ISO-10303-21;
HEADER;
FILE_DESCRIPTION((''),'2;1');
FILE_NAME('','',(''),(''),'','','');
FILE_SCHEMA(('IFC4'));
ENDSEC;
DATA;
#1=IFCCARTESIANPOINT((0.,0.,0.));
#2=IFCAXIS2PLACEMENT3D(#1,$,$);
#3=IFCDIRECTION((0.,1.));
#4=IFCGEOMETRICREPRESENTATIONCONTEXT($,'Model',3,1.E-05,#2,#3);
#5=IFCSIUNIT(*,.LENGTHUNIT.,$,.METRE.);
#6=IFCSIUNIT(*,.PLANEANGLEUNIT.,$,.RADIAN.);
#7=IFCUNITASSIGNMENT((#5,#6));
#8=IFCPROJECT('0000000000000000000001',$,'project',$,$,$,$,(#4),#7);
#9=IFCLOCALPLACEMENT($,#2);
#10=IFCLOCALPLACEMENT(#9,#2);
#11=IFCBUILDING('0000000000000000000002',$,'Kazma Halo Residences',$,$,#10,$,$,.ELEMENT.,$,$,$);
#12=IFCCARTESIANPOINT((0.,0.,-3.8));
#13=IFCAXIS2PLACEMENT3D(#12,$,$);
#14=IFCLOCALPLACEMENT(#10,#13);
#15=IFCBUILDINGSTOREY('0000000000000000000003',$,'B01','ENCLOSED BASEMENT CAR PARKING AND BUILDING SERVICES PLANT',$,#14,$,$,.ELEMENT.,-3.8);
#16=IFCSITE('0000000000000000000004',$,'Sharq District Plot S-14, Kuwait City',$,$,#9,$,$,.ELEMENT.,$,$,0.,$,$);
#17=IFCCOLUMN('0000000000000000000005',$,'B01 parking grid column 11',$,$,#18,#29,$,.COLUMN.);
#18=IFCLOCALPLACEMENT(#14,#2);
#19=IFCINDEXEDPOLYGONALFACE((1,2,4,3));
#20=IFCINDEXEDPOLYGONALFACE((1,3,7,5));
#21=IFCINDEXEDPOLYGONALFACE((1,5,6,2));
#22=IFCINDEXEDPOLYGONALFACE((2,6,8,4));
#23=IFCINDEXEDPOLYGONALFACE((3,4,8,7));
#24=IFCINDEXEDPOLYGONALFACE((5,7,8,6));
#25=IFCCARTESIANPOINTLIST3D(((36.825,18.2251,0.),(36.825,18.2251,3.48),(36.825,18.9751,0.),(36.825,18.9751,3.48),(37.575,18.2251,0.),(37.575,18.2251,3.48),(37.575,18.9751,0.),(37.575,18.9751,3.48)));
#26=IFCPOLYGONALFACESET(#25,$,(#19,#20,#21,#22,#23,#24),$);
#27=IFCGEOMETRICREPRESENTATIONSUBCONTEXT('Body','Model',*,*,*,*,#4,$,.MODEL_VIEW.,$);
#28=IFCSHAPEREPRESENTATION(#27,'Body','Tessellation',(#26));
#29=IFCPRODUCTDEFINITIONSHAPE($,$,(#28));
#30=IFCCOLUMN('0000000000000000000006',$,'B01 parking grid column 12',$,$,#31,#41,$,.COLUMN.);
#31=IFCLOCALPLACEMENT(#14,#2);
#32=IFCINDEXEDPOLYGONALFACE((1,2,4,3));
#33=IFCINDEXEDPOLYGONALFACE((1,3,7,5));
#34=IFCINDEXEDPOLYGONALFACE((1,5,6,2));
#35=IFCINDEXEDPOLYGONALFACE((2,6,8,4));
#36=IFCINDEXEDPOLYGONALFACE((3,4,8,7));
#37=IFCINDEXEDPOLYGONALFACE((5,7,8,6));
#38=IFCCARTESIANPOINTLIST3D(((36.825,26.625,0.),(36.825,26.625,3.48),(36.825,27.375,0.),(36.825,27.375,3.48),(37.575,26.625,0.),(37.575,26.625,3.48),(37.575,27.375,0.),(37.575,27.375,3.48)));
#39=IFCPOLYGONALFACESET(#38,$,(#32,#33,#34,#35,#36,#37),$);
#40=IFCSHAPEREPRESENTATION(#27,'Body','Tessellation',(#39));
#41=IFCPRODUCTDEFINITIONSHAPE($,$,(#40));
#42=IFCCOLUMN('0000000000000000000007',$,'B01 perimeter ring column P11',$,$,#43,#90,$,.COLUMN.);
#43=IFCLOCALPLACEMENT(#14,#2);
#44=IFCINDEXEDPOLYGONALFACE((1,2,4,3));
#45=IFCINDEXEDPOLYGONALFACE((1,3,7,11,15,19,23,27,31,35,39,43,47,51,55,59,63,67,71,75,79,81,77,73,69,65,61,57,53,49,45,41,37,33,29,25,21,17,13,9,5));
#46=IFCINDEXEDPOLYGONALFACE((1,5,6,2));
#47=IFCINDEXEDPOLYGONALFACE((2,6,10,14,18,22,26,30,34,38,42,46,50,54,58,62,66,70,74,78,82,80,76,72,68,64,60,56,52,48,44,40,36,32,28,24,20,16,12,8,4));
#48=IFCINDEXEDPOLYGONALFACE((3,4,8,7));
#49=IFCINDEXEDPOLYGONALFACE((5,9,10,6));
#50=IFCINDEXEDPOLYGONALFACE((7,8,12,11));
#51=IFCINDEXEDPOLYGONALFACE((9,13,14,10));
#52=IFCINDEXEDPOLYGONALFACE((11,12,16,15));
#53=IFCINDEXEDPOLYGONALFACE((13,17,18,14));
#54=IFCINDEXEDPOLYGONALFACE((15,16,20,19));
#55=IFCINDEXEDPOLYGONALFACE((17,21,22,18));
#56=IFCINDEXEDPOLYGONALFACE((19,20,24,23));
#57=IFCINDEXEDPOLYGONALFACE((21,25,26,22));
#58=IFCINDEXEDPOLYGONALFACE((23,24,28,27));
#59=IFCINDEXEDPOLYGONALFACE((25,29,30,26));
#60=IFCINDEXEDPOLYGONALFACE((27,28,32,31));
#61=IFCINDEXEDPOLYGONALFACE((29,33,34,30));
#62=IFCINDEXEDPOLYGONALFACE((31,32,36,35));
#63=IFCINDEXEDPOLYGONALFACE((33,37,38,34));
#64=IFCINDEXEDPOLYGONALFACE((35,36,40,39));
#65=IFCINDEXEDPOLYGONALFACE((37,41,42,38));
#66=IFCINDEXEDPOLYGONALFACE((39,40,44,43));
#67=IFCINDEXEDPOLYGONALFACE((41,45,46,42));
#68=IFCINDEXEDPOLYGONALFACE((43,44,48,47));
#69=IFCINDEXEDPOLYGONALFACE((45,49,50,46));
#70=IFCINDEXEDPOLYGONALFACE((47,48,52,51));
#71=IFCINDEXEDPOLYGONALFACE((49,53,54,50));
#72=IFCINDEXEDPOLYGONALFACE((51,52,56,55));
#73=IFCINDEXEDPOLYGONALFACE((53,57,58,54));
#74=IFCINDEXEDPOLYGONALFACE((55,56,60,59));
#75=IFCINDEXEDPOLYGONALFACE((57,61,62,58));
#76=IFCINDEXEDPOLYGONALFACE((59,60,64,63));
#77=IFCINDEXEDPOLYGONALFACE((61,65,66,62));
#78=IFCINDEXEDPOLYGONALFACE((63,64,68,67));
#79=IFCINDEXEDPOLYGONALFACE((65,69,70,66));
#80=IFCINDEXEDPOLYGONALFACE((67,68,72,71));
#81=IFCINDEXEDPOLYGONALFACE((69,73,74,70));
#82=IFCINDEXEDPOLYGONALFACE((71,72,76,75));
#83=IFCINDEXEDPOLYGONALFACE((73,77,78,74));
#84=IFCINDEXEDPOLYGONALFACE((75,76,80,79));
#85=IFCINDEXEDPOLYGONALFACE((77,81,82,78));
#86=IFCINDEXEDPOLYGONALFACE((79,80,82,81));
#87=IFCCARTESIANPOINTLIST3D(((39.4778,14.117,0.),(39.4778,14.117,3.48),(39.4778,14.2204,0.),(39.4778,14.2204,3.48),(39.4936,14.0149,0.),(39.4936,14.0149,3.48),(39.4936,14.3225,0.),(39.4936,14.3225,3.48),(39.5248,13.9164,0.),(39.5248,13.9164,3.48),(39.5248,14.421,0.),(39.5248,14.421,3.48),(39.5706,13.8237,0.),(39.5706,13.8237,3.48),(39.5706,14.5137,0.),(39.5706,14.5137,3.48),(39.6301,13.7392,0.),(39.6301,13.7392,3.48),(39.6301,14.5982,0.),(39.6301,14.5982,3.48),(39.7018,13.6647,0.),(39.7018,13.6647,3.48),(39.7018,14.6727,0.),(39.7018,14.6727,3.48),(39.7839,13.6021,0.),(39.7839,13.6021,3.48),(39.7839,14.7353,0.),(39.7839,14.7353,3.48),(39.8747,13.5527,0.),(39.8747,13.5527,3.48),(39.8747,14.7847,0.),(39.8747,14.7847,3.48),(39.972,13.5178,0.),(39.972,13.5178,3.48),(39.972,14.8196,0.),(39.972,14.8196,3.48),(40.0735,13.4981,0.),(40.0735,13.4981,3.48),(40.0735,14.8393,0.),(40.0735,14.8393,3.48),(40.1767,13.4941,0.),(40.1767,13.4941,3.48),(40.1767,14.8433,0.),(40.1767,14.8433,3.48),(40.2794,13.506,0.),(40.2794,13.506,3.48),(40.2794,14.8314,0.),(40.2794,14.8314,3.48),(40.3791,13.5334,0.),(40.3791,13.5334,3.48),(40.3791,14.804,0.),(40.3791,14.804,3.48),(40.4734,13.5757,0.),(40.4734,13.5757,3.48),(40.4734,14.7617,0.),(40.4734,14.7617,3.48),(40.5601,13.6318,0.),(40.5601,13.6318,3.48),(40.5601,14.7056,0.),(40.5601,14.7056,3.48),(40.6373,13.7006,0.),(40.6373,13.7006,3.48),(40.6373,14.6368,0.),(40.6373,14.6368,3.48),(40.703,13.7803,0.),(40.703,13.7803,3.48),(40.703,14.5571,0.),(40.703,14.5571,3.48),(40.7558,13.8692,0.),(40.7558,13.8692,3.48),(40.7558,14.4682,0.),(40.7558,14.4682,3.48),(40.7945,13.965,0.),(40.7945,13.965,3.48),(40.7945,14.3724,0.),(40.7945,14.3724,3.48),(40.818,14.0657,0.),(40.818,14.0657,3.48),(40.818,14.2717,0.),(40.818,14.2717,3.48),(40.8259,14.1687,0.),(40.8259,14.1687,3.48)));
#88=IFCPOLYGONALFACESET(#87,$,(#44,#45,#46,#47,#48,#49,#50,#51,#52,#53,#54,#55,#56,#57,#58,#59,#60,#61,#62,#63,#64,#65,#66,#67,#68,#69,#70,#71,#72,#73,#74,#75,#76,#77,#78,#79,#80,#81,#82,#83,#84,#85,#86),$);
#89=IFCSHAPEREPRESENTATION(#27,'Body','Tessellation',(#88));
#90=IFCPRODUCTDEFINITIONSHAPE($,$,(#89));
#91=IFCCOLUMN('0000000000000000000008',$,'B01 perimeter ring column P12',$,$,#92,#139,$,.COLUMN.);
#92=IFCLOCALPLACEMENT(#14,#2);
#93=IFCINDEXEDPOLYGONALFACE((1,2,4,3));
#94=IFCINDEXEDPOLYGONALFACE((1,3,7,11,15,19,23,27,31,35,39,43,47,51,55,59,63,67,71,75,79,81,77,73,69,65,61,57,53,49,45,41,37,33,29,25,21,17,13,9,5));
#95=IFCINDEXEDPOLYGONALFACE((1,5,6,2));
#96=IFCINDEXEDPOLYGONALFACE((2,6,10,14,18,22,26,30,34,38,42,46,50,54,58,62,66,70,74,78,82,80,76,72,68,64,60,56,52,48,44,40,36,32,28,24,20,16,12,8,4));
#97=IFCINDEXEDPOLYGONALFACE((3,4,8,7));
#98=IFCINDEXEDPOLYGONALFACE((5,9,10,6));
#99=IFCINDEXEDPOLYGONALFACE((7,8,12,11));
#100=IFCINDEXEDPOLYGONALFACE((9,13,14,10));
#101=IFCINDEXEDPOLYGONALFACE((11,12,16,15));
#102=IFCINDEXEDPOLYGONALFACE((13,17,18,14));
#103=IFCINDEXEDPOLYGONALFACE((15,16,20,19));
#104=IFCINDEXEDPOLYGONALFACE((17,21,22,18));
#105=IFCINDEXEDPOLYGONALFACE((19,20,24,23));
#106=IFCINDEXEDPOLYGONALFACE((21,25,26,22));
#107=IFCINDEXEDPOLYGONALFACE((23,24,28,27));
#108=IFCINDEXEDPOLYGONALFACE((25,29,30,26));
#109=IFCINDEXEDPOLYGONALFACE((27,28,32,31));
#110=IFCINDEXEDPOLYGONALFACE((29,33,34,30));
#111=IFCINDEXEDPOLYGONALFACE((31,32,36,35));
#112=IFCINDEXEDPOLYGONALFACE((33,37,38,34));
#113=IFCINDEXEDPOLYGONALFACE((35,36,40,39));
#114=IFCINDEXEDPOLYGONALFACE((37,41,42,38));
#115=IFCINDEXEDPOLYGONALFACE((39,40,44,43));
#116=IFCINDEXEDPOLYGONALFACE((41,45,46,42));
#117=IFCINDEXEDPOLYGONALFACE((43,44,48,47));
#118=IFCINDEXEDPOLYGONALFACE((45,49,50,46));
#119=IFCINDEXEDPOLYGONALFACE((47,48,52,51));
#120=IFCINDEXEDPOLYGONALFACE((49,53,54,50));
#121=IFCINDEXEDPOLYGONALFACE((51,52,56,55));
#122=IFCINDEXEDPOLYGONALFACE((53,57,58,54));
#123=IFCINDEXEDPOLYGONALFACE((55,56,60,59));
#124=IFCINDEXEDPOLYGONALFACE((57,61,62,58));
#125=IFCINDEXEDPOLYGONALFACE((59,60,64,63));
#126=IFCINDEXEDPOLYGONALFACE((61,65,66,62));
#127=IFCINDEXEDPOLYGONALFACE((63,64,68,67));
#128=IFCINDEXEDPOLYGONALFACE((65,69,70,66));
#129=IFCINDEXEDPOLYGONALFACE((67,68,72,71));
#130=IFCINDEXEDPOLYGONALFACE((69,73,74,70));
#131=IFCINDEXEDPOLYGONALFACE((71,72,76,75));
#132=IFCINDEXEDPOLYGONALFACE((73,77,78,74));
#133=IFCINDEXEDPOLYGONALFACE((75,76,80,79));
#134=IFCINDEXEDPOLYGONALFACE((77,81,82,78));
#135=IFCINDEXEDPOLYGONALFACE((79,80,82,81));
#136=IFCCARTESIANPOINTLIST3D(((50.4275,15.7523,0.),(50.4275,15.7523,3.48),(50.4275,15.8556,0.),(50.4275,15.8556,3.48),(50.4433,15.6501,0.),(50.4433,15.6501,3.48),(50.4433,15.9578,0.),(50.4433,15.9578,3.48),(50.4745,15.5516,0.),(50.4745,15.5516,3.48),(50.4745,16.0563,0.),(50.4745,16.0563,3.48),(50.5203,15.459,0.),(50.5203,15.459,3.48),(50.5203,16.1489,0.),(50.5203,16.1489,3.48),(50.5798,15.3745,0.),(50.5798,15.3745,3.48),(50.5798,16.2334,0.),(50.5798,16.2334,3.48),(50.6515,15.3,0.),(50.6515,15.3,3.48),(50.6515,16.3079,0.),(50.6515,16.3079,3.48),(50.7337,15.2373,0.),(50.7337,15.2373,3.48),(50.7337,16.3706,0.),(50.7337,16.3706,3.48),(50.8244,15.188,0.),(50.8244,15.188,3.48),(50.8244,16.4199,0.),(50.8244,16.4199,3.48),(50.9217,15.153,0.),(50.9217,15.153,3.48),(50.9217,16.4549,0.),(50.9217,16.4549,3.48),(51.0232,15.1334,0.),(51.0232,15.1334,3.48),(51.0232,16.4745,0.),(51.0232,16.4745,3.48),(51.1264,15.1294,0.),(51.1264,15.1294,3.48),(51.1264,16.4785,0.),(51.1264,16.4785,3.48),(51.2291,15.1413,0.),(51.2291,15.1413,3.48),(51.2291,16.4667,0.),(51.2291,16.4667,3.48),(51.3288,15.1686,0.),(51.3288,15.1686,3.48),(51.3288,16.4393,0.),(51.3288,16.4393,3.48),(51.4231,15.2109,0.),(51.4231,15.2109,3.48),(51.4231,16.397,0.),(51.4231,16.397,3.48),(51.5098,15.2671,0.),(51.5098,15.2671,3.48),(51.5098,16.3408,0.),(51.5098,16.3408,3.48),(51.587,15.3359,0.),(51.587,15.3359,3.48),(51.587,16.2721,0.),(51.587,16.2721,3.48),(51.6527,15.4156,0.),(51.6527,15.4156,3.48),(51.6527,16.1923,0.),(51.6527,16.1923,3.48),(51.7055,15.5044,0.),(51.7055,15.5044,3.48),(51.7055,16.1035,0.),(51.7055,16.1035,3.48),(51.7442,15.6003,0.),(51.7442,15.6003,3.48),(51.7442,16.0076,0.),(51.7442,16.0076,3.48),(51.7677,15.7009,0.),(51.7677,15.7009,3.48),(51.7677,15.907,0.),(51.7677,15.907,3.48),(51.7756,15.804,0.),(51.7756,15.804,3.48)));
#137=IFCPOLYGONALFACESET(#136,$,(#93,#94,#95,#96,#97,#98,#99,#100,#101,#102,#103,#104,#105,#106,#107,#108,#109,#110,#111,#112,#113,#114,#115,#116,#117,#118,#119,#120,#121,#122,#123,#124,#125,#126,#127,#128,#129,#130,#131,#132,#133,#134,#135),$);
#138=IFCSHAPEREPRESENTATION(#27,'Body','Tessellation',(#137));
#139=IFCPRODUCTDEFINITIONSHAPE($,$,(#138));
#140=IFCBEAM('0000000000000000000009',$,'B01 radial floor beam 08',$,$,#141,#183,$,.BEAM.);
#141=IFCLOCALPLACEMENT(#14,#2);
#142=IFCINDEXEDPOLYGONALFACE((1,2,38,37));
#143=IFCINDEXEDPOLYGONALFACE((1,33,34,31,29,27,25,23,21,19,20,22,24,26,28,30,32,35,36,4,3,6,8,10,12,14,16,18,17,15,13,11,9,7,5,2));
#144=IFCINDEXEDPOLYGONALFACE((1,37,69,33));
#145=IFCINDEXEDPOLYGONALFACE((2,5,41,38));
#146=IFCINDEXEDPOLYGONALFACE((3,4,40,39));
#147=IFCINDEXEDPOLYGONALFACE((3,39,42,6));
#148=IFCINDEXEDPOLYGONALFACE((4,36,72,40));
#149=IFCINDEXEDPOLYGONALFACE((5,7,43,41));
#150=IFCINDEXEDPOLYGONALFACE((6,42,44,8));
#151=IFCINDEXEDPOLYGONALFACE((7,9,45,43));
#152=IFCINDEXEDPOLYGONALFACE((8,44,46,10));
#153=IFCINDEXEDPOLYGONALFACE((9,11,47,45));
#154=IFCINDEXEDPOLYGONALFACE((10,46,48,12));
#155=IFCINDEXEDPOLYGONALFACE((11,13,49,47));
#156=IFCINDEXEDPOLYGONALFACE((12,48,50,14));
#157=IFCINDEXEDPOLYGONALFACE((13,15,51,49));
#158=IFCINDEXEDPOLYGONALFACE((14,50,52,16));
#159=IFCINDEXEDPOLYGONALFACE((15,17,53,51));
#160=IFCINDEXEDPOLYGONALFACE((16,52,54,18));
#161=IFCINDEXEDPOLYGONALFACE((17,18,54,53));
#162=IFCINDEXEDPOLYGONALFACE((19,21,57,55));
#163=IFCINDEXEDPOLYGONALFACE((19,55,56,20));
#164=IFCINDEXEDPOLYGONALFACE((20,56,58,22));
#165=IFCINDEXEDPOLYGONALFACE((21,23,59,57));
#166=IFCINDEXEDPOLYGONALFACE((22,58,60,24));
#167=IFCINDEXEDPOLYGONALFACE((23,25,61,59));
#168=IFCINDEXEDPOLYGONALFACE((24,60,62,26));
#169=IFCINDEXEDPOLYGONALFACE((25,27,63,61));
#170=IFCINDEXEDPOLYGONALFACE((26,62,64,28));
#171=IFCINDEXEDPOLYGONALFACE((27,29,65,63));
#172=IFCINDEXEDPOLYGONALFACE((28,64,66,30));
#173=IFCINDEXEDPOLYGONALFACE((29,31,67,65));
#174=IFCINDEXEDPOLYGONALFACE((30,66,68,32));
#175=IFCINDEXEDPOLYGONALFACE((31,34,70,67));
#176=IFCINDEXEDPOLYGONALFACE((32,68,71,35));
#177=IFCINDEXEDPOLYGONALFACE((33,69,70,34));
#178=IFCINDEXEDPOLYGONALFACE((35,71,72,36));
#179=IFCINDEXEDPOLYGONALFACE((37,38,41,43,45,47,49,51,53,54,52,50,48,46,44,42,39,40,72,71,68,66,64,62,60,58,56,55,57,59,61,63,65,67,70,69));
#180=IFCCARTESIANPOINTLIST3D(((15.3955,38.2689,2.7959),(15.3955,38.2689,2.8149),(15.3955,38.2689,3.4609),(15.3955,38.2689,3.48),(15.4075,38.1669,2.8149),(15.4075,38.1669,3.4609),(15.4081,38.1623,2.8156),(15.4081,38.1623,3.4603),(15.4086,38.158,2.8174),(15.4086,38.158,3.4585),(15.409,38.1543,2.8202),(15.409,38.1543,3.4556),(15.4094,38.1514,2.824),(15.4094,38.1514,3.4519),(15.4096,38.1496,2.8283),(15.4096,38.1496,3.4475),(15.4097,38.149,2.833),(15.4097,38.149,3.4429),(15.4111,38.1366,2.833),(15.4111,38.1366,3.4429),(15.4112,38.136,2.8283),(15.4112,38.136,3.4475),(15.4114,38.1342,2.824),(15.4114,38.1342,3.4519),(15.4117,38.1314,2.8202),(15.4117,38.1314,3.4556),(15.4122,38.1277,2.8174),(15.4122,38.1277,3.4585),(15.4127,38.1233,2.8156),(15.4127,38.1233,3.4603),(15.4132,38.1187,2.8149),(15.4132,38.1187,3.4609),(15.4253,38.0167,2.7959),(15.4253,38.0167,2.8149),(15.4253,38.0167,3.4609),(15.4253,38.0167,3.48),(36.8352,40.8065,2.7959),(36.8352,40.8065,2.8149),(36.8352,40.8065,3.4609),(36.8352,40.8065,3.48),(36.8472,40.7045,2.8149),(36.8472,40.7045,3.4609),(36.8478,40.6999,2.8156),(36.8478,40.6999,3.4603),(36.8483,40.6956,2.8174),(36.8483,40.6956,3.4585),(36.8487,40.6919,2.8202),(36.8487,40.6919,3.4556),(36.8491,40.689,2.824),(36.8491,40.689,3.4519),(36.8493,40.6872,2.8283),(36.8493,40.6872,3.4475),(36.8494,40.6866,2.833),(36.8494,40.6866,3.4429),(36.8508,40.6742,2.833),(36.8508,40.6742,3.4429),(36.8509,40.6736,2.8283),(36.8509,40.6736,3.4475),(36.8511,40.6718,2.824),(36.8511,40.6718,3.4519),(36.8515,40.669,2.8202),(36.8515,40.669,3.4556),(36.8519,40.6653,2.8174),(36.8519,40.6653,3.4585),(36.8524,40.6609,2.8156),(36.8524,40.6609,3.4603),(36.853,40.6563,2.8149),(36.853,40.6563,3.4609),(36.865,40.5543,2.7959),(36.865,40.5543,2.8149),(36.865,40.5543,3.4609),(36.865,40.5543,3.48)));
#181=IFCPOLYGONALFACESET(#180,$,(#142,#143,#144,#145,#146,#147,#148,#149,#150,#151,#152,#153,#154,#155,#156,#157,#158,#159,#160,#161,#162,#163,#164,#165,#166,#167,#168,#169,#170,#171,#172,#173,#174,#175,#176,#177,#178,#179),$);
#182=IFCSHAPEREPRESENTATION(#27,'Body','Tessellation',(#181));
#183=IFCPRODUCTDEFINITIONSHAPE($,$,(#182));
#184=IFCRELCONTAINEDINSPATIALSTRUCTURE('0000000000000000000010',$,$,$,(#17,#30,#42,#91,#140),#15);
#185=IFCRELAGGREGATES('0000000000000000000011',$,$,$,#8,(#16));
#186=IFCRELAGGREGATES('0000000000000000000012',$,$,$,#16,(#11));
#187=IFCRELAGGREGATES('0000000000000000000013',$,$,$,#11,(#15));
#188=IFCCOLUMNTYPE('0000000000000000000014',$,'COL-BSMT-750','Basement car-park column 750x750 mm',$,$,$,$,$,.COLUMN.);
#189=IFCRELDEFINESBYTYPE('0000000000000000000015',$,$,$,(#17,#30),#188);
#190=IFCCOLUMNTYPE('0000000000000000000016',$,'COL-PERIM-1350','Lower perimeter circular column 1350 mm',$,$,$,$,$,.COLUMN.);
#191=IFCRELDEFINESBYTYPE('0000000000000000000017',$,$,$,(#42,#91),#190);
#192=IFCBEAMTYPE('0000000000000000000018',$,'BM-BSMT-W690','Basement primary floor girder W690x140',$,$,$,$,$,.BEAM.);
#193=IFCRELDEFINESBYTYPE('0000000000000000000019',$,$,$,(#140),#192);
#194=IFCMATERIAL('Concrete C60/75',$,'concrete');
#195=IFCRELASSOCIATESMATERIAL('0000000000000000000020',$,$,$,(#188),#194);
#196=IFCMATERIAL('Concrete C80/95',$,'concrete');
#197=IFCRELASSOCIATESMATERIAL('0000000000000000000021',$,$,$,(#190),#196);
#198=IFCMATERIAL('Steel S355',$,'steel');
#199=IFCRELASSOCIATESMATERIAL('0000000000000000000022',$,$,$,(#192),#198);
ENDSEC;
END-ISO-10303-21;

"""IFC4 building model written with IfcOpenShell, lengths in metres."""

from ifc_helpers import new_model, si_unit, direction, frame, origin, origin_2d, place, context, subcontext, project, spatial, rectangle, circle, i_section, extrude, material, material_profile, profile_set, type_object, element, save


model = new_model("IFC4")

# Units and contexts
model_context = context("Model", 3, precision=1e-05, world=origin(), true_north=direction((0.0, 1.0)))
body_context = subcontext(model_context, "Body", "Model", "MODEL_VIEW")
ifc_project = project(units=[si_unit("LENGTHUNIT", "METRE"), si_unit("PLANEANGLEUNIT", "RADIAN")], contexts=[model_context])

# Site, building, storey
site_placement = place(None, origin())
site = spatial("IfcSite", under=ifc_project, at=site_placement, Name="Sharq District Plot S-14, Kuwait City", CompositionType="ELEMENT", RefElevation=0.0)
building_placement = place(site_placement, origin())
building = spatial("IfcBuilding", under=site, at=building_placement, Name="Kazma Halo Residences", CompositionType="ELEMENT")
storey_placement = place(building_placement, frame((0.0, 0.0, -3.8)))
storey = spatial("IfcBuildingStorey", under=building, at=storey_placement, Name="B01", Description="ENCLOSED BASEMENT CAR PARKING AND BUILDING SERVICES PLANT", CompositionType="ELEMENT", Elevation=-3.8)

# Columns
ifc_material_1 = material(Name="Concrete C60/75", Category="concrete")
ifc_material_profile_1 = material_profile(ifc_material_1, rectangle(XDim=0.75, YDim=0.75, at=origin_2d()), Name="RECT750x750")
ifc_profile_set_1 = profile_set([ifc_material_profile_1], Name="Concrete C60/75")
column_type_1 = type_object("IfcColumnType", Name="COL-BSMT-750", Description="Basement car-park column 750x750 mm", PredefinedType="COLUMN", material=ifc_profile_set_1)
for number, where, z_axis, x_axis, name in (
    (1, (37.2, 18.6001, 0.0), (0.0, 0.0, 1.0), (1.0, 0.0, 0.0), "B01 parking grid column 11"),
    (2, (37.2, 27.0, 0.0), (0.0, 0.0, 1.0), (1.0, 0.0, 0.0), "B01 parking grid column 12"),
):
    element("IfcColumn", number, at=place(storey_placement, frame(where, z_axis=z_axis, x_axis=x_axis)), inside=storey, type_object=column_type_1, Name=name, PredefinedType="COLUMN", context=body_context, shape_type="SweptSolid", body=[
        extrude(rectangle(XDim=0.75, YDim=0.75, at=origin_2d()), origin(), (0.0, 0.0, 1.0), 3.48),
    ])
ifc_material_2 = material(Name="Concrete C80/95", Category="concrete")
ifc_material_profile_2 = material_profile(ifc_material_2, circle(Radius=0.675, at=origin_2d()), Name="CIRC1350")
ifc_profile_set_2 = profile_set([ifc_material_profile_2], Name="Concrete C80/95")
column_type_2 = type_object("IfcColumnType", Name="COL-PERIM-1350", Description="Lower perimeter circular column 1350 mm", PredefinedType="COLUMN", material=ifc_profile_set_2)
for number, where, z_axis, x_axis, name in (
    (3, (40.1509, 14.1687, 0.0), (0.0, 0.0, 1.0), (1.0, 0.0, 0.0), "B01 perimeter ring column P11"),
    (4, (51.1006, 15.804, 0.0), (0.0, 0.0, 1.0), (1.0, 0.0, 0.0), "B01 perimeter ring column P12"),
):
    element("IfcColumn", number, at=place(storey_placement, frame(where, z_axis=z_axis, x_axis=x_axis)), inside=storey, type_object=column_type_2, Name=name, PredefinedType="COLUMN", context=body_context, shape_type="SweptSolid", body=[
        extrude(circle(Radius=0.675, at=origin_2d()), origin(), (0.0, 0.0, 1.0), 3.48),
    ])

# Beam
ifc_material_3 = material(Name="Steel S355", Category="steel")
ifc_material_profile_3 = material_profile(ifc_material_3, i_section(OverallWidth=0.2539, OverallDepth=0.6841, WebThickness=0.0125, FlangeThickness=0.019, FilletRadius=0.0181, at=origin_2d()), Name="W690x140")
ifc_profile_set_3 = profile_set([ifc_material_profile_3], Name="Steel S355")
beam_type_1 = type_object("IfcBeamType", Name="BM-BSMT-W690", Description="Basement primary floor girder W690x140", PredefinedType="BEAM", material=ifc_profile_set_3)
beam_1_placement = place(storey_placement, frame((36.8501, 40.6804, 3.1379), z_axis=(-0.993068, -0.117539, 0.0), x_axis=(0.117539, -0.993068, 0.0)))
element("IfcBeam", 5, at=beam_1_placement, inside=storey, type_object=beam_type_1, Name="B01 radial floor beam 08", PredefinedType="BEAM", context=body_context, shape_type="SweptSolid", body=[
    extrude(i_section(OverallWidth=0.2539, OverallDepth=0.6841, WebThickness=0.0125, FlangeThickness=0.019, FilletRadius=0.0181, at=origin_2d()), origin(), (0.0, 0.0, 1.0), 21.5894),
])

save(model, "model.ifc")
